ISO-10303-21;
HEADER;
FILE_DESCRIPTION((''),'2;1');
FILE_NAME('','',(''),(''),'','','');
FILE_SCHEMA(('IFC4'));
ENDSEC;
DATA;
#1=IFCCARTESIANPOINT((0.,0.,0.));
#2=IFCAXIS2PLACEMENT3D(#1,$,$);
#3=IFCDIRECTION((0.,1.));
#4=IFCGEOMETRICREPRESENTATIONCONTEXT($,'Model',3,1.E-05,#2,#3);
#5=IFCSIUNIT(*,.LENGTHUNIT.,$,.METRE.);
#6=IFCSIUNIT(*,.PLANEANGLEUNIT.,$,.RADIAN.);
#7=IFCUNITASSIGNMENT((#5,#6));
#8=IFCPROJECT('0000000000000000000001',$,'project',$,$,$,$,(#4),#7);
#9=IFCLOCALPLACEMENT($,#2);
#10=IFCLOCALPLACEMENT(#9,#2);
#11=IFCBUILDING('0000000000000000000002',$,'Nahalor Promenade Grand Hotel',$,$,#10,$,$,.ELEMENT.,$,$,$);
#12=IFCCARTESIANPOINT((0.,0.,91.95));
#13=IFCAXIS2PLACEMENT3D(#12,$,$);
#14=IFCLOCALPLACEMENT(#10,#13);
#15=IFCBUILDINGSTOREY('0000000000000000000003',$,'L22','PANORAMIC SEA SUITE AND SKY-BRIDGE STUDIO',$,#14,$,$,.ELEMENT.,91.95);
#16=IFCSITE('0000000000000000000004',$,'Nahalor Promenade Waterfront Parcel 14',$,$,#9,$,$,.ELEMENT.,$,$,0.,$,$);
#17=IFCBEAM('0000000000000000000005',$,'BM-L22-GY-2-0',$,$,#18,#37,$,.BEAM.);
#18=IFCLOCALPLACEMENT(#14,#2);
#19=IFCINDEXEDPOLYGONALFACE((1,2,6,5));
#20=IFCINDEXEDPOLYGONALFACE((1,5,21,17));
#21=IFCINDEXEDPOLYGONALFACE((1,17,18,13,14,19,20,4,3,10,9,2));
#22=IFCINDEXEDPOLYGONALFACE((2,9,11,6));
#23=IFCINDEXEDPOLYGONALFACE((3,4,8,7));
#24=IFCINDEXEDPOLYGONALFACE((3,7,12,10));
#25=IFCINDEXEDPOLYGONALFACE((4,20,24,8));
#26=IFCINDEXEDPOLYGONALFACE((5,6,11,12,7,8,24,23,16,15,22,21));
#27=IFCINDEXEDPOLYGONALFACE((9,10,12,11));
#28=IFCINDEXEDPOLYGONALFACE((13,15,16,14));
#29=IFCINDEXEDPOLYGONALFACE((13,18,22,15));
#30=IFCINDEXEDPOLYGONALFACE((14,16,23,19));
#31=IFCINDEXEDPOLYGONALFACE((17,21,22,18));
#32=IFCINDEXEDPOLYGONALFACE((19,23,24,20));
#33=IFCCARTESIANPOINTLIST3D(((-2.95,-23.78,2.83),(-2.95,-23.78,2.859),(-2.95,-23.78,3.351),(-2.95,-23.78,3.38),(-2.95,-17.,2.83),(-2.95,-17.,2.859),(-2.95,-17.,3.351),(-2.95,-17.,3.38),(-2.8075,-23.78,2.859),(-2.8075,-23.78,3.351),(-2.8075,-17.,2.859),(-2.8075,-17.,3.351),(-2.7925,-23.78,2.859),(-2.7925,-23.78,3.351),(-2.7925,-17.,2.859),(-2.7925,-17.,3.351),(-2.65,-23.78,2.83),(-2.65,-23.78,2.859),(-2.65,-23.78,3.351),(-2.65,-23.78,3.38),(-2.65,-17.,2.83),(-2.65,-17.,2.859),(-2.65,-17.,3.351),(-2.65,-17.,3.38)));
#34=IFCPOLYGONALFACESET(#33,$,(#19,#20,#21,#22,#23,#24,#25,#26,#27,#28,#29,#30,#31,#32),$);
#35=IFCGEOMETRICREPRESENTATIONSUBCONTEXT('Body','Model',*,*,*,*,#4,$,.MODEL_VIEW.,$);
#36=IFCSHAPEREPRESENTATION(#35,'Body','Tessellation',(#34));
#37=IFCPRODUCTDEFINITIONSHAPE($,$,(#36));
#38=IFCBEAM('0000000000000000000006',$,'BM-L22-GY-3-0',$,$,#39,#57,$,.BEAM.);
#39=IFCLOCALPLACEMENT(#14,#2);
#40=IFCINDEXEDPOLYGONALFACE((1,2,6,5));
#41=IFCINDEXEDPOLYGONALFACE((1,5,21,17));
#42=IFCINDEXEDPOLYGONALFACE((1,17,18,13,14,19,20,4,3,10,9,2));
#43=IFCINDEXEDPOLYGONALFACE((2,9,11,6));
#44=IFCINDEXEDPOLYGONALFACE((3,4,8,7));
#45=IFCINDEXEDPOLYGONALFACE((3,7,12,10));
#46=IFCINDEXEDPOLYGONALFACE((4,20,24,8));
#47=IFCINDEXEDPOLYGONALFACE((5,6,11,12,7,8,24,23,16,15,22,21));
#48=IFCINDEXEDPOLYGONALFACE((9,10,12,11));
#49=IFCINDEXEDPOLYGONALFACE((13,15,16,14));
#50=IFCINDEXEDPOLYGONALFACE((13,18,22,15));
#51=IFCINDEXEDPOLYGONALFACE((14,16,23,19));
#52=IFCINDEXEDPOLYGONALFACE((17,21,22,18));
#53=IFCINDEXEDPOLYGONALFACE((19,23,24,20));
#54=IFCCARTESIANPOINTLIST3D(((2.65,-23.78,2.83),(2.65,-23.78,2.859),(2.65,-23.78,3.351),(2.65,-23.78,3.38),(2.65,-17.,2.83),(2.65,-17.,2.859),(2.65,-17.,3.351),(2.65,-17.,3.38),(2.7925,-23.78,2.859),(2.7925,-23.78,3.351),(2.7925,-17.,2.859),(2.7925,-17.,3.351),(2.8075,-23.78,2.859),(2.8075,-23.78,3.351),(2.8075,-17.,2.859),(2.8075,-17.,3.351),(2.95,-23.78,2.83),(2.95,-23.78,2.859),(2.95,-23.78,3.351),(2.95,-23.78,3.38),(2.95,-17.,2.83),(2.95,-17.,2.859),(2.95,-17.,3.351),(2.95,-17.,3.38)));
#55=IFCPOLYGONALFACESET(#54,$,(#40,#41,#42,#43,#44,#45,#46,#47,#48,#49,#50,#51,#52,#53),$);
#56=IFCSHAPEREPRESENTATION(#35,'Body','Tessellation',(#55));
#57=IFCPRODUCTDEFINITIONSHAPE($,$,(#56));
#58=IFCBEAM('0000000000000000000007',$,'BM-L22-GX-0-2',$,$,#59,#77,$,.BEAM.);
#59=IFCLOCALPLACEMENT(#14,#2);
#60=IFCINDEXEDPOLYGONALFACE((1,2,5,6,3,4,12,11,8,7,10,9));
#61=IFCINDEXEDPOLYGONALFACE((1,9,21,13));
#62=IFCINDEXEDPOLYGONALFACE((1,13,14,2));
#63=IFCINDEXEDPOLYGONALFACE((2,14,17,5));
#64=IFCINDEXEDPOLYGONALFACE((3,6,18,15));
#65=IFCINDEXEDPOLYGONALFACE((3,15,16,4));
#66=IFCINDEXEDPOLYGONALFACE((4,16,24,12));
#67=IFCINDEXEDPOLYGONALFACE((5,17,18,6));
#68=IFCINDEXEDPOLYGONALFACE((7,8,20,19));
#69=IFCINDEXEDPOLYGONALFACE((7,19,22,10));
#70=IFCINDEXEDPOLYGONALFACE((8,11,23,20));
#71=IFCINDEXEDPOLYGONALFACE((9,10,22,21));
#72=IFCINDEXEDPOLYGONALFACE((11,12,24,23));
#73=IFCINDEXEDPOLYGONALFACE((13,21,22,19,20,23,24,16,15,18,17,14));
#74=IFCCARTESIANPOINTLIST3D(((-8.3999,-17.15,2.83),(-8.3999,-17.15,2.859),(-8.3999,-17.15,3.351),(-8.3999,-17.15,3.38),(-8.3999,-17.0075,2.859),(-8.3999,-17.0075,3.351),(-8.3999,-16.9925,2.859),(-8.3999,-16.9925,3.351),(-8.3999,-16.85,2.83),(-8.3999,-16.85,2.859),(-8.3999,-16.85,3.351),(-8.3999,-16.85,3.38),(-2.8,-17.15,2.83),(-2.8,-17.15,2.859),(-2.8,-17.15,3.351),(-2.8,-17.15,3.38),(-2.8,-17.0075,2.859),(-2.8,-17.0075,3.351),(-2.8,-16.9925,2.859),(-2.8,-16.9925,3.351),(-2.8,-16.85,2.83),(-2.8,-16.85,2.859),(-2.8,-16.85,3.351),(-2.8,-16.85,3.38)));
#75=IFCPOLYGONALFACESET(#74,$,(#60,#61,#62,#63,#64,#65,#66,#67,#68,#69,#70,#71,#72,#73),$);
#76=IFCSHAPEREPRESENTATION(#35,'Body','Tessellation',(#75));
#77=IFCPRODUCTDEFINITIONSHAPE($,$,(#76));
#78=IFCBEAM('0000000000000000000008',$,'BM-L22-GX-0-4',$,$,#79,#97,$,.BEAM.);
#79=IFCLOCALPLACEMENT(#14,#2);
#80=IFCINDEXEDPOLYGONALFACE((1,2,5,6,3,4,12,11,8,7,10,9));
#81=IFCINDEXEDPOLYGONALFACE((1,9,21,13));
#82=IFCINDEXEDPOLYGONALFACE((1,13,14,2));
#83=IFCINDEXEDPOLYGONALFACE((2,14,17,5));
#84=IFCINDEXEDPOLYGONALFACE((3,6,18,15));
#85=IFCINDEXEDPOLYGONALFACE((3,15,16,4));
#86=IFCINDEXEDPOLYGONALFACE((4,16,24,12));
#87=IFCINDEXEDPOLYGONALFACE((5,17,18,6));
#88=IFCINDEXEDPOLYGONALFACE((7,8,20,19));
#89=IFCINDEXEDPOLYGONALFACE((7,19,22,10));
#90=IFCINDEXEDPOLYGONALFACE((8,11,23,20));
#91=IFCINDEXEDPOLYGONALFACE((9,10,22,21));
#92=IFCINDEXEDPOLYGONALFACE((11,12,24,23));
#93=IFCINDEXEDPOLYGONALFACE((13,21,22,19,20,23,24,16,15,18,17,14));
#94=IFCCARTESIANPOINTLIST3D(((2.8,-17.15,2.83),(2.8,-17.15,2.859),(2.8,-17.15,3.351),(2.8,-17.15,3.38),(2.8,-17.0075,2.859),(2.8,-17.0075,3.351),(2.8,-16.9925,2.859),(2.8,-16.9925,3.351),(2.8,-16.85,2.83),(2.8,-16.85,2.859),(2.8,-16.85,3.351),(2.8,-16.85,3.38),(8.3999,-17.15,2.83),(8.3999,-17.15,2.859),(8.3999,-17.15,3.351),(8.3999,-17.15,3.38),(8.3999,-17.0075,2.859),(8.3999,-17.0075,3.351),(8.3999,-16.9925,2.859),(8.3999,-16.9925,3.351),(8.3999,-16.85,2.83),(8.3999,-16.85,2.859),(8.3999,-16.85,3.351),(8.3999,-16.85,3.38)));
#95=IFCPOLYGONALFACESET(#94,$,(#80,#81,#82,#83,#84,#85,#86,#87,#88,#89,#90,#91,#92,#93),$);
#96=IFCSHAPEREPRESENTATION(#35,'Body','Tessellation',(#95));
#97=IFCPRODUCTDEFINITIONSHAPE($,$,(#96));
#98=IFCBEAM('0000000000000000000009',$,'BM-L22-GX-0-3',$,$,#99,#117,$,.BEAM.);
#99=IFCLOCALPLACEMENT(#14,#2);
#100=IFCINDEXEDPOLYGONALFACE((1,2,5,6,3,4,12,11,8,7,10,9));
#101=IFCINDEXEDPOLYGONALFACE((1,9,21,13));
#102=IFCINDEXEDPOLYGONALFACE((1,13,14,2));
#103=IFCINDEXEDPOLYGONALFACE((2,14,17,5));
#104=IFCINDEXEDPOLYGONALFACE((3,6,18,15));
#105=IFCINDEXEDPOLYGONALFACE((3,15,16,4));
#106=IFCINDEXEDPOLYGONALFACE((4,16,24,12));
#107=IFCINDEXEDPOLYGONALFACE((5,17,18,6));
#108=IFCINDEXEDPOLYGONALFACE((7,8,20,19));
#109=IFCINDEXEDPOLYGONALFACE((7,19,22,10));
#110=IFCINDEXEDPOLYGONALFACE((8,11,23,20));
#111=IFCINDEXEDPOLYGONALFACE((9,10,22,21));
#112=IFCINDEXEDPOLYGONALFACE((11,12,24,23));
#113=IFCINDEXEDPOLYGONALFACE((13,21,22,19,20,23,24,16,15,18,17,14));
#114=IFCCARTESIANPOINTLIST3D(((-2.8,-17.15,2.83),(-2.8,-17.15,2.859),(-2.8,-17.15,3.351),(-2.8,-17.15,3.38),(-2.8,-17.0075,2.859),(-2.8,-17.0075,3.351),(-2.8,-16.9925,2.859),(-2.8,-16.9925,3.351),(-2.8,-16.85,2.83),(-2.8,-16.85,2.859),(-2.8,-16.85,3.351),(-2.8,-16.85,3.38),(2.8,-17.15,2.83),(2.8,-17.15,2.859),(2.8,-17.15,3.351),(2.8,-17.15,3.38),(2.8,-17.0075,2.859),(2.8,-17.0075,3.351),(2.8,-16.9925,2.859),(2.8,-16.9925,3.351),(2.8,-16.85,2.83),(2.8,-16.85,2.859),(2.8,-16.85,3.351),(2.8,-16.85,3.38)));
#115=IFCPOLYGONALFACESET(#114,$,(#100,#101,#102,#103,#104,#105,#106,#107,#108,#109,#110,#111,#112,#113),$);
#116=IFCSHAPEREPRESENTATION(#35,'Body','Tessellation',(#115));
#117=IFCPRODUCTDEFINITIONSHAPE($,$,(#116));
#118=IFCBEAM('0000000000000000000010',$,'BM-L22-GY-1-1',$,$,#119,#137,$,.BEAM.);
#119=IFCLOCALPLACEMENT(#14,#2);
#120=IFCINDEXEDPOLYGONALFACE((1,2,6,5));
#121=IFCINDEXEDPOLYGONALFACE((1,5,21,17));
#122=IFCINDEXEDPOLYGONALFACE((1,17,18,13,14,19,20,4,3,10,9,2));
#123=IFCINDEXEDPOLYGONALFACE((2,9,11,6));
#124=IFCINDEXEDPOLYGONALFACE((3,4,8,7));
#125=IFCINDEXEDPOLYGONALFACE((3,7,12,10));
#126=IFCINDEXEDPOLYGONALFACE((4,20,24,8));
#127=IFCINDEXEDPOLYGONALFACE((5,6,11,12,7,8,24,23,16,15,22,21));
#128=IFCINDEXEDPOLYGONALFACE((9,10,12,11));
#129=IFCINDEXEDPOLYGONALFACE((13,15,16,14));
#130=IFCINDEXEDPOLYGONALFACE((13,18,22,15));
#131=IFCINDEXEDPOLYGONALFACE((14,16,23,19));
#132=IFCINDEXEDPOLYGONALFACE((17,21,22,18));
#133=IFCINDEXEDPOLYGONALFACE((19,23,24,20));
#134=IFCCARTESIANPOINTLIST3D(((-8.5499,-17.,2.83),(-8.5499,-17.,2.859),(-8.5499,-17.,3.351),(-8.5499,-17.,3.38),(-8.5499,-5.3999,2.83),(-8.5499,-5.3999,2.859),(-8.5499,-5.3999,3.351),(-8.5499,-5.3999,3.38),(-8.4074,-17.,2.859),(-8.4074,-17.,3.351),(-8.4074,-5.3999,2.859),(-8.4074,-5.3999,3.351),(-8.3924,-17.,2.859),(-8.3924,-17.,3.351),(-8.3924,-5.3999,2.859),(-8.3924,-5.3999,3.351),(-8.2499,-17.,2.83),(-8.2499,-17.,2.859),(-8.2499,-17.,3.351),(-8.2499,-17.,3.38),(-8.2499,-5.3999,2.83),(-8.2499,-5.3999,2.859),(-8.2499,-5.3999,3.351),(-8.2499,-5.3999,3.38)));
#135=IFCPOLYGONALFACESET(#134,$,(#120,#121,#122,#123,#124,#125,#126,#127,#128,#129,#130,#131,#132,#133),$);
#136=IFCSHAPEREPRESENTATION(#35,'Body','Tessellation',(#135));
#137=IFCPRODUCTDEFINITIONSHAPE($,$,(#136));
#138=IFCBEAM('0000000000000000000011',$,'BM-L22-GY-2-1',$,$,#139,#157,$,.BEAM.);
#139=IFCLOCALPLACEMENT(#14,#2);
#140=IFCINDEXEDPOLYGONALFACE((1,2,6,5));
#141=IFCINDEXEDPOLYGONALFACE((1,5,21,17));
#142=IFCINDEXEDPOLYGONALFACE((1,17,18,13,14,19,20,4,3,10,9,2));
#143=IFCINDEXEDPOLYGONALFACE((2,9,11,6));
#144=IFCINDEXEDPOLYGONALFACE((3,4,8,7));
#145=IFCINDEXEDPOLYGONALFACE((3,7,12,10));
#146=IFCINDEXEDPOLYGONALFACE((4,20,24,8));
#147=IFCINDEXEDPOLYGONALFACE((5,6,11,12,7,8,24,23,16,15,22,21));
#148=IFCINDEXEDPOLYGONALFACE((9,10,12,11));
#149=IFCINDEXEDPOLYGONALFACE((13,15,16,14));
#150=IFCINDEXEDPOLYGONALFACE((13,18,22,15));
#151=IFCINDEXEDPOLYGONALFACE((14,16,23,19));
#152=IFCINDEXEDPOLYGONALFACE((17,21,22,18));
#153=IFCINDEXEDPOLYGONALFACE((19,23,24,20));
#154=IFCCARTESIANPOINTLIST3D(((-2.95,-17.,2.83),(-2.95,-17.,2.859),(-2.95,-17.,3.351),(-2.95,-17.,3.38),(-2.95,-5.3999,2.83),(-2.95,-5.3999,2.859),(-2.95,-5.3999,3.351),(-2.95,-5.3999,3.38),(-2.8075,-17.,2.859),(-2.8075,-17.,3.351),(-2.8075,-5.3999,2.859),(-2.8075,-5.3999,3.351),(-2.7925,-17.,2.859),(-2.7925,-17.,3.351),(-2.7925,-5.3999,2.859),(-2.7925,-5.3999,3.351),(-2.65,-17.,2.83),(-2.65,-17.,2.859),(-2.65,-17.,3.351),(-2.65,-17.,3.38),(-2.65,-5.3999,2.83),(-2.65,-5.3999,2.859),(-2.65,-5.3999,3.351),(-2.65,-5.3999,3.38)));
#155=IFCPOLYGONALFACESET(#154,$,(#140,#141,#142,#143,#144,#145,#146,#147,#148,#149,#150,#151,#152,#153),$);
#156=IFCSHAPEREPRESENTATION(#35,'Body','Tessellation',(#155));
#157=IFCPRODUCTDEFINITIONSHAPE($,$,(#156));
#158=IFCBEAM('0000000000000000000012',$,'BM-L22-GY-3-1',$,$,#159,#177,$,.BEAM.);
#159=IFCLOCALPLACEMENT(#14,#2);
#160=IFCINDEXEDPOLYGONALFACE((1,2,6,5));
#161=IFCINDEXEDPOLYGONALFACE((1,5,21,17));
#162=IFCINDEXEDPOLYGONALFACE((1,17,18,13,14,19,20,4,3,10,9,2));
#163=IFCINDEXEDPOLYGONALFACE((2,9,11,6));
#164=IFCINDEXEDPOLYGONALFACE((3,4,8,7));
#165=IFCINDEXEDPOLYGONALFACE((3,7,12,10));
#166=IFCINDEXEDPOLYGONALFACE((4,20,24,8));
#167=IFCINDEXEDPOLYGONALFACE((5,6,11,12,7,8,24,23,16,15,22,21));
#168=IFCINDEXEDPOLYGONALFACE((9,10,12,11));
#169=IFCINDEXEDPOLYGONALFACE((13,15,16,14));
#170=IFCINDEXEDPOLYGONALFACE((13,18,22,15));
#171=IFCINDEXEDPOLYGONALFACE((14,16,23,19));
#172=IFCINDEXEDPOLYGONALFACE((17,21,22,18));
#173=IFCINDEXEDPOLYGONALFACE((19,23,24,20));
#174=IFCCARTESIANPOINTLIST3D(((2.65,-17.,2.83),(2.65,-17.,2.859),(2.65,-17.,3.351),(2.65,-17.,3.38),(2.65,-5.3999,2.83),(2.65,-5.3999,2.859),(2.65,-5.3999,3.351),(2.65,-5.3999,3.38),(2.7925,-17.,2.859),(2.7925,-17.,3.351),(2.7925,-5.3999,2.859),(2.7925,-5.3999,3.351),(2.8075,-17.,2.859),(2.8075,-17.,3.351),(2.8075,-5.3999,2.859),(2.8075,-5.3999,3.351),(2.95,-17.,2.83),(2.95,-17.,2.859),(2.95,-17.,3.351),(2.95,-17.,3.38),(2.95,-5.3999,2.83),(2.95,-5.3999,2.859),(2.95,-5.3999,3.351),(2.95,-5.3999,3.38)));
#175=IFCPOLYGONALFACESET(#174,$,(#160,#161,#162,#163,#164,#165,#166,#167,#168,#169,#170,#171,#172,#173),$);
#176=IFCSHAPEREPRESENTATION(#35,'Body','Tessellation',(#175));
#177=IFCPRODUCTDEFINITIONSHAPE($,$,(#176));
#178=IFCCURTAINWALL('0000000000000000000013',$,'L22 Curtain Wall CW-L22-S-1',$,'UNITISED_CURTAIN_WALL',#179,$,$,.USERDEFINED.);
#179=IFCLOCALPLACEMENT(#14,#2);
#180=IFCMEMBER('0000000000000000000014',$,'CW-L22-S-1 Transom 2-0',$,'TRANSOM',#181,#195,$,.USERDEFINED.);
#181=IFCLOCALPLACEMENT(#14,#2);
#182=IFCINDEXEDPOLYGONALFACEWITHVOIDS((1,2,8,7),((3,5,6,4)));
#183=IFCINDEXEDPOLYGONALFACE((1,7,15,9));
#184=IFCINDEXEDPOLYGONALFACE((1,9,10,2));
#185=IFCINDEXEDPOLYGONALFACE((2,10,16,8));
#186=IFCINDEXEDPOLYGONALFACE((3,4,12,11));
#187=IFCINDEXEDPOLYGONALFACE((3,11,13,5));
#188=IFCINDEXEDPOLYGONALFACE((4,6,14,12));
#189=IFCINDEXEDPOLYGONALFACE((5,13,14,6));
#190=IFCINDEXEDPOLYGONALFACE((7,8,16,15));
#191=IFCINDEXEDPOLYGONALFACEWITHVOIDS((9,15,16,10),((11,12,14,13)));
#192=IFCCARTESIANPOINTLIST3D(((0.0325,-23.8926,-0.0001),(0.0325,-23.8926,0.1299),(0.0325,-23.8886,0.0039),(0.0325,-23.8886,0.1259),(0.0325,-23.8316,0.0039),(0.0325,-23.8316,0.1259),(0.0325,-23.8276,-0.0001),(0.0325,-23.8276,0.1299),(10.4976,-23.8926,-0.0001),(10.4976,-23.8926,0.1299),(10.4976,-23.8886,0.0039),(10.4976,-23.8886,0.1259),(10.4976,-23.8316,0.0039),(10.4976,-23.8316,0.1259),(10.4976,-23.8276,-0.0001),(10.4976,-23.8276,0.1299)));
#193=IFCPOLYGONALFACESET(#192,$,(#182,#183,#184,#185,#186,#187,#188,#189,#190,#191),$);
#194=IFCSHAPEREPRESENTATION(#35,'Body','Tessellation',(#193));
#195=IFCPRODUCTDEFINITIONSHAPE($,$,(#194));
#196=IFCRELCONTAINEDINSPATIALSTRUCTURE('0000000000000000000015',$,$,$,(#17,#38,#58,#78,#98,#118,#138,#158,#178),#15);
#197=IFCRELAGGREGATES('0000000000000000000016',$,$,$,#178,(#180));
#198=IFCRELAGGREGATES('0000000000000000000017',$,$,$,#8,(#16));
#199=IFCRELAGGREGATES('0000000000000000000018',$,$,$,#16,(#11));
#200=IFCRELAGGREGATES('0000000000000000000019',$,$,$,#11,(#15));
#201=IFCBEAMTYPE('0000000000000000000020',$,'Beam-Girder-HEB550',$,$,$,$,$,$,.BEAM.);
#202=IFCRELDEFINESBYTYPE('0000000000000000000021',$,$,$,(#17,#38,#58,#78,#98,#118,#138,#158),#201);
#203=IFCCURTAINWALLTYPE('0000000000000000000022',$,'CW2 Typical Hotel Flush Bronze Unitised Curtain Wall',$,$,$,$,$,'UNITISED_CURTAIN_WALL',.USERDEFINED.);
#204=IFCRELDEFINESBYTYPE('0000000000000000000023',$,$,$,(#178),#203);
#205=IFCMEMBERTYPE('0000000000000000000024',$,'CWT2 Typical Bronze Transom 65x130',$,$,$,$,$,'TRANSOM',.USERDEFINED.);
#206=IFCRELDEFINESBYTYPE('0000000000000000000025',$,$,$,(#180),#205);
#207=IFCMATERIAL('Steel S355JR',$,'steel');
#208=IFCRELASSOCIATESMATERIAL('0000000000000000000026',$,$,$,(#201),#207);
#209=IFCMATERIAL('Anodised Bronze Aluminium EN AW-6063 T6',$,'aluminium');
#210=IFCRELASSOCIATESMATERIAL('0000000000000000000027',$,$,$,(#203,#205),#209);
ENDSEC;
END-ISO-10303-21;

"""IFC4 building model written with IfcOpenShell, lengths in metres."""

from ifc_helpers import new_model, si_unit, direction, frame, origin, origin_2d, place, context, subcontext, project, spatial, hollow_rectangle, i_section, extrude, source, transform, mapped, material, material_profile, profile_set, type_object, element, aggregate, save


model = new_model("IFC4")

# Units and contexts
model_context = context("Model", 3, precision=1e-05, world=origin(), true_north=direction((0.0, 1.0)))
body_context = subcontext(model_context, "Body", "Model", "MODEL_VIEW")
ifc_project = project(units=[si_unit("LENGTHUNIT", "METRE"), si_unit("PLANEANGLEUNIT", "RADIAN")], contexts=[model_context])

# Site, building, storey
site_placement = place(None, origin())
site = spatial("IfcSite", under=ifc_project, at=site_placement, Name="Nahalor Promenade Waterfront Parcel 14", CompositionType="ELEMENT", RefElevation=0.0)
building_placement = place(site_placement, origin())
building = spatial("IfcBuilding", under=site, at=building_placement, Name="Nahalor Promenade Grand Hotel", CompositionType="ELEMENT")
storey_placement = place(building_placement, frame((0.0, 0.0, 91.95)))
storey = spatial("IfcBuildingStorey", under=building, at=storey_placement, Name="L22", Description="PANORAMIC SEA SUITE AND SKY-BRIDGE STUDIO", CompositionType="ELEMENT", Elevation=91.95)

# Beams
ifc_material_1 = material(Name="Steel S355JR", Category="steel")
ifc_material_profile_1 = material_profile(ifc_material_1, i_section(OverallWidth=0.3, OverallDepth=0.55, WebThickness=0.015, FlangeThickness=0.029, at=origin_2d()), Name="HEB 550")
ifc_profile_set_1 = profile_set([ifc_material_profile_1], Name="Steel S355JR")
beam_type_1 = type_object("IfcBeamType", Name="Beam-Girder-HEB550", PredefinedType="BEAM", material=ifc_profile_set_1)
shared_shape_1 = source(origin(), body_context, "Body", "SweptSolid", [
    extrude(i_section(OverallWidth=0.3, OverallDepth=0.55, WebThickness=0.015, FlangeThickness=0.029, at=origin_2d()), origin(), (0.0, 0.0, 1.0), 6.78),
])
for number, where, z_axis, x_axis, name in (
    (1, (-2.8, -23.78, 3.105), (0.0, 1.0, 0.0), (-1.0, 0.0, 0.0), "BM-L22-GY-2-0"),
    (2, (2.8, -23.78, 3.105), (0.0, 1.0, 0.0), (-1.0, 0.0, 0.0), "BM-L22-GY-3-0"),
):
    element("IfcBeam", number, at=place(storey_placement, frame(where, z_axis=z_axis, x_axis=x_axis)), inside=storey, type_object=beam_type_1, Name=name, PredefinedType="BEAM", context=body_context, shape_type="MappedRepresentation", body=[
        mapped(shared_shape_1, transform((0.0, 0.0, 0.0), scale=1.0)),
    ])
shared_shape_2 = source(origin(), body_context, "Body", "SweptSolid", [
    extrude(i_section(OverallWidth=0.3, OverallDepth=0.55, WebThickness=0.015, FlangeThickness=0.029, at=origin_2d()), origin(), (0.0, 0.0, 1.0), 5.5999),
])
for number, where, z_axis, x_axis, name in (
    (3, (-8.3999, -17.0, 3.105), (1.0, 0.0, 0.0), (0.0, 1.0, 0.0), "BM-L22-GX-0-2"),
    (4, (2.8, -17.0, 3.105), (1.0, 0.0, 0.0), (0.0, 1.0, 0.0), "BM-L22-GX-0-4"),
):
    element("IfcBeam", number, at=place(storey_placement, frame(where, z_axis=z_axis, x_axis=x_axis)), inside=storey, type_object=beam_type_1, Name=name, PredefinedType="BEAM", context=body_context, shape_type="MappedRepresentation", body=[
        mapped(shared_shape_2, transform((0.0, 0.0, 0.0), scale=1.0)),
    ])
shared_shape_3 = source(origin(), body_context, "Body", "SweptSolid", [
    extrude(i_section(OverallWidth=0.3, OverallDepth=0.55, WebThickness=0.015, FlangeThickness=0.029, at=origin_2d()), origin(), (0.0, 0.0, 1.0), 5.6001),
])
beam_1_placement = place(storey_placement, frame((-2.8, -17.0, 3.105), z_axis=(1.0, 0.0, 0.0), x_axis=(0.0, 1.0, 0.0)))
element("IfcBeam", 5, at=beam_1_placement, inside=storey, type_object=beam_type_1, Name="BM-L22-GX-0-3", PredefinedType="BEAM", context=body_context, shape_type="MappedRepresentation", body=[
    mapped(shared_shape_3, transform((0.0, 0.0, 0.0), scale=1.0)),
])
shared_shape_4 = source(origin(), body_context, "Body", "SweptSolid", [
    extrude(i_section(OverallWidth=0.3, OverallDepth=0.55, WebThickness=0.015, FlangeThickness=0.029, at=origin_2d()), origin(), (0.0, 0.0, 1.0), 11.6001),
])
for number, where, z_axis, x_axis, name in (
    (6, (-8.3999, -17.0, 3.105), (0.0, 1.0, 0.0), (-1.0, 0.0, 0.0), "BM-L22-GY-1-1"),
    (7, (-2.8, -17.0, 3.105), (0.0, 1.0, 0.0), (-1.0, 0.0, 0.0), "BM-L22-GY-2-1"),
    (8, (2.8, -17.0, 3.105), (0.0, 1.0, 0.0), (-1.0, 0.0, 0.0), "BM-L22-GY-3-1"),
):
    element("IfcBeam", number, at=place(storey_placement, frame(where, z_axis=z_axis, x_axis=x_axis)), inside=storey, type_object=beam_type_1, Name=name, PredefinedType="BEAM", context=body_context, shape_type="MappedRepresentation", body=[
        mapped(shared_shape_4, transform((0.0, 0.0, 0.0), scale=1.0)),
    ])

# Curtain wall, member
ifc_material_2 = material(Name="Anodised Bronze Aluminium EN AW-6063 T6", Category="aluminium")
curtain_wall_type = type_object("IfcCurtainWallType", Name="CW2 Typical Hotel Flush Bronze Unitised Curtain Wall", ElementType="UNITISED_CURTAIN_WALL", PredefinedType="USERDEFINED", material=ifc_material_2)
curtain_wall_placement = place(storey_placement, origin())
curtain_wall = element("IfcCurtainWall", 9, at=curtain_wall_placement, inside=storey, type_object=curtain_wall_type, Name="L22 Curtain Wall CW-L22-S-1", ObjectType="UNITISED_CURTAIN_WALL", PredefinedType="USERDEFINED")
ifc_material_profile_2 = material_profile(ifc_material_2, hollow_rectangle(XDim=0.065, YDim=0.13, WallThickness=0.004, at=origin_2d()), Name="CWT 65x130x4")
ifc_profile_set_2 = profile_set([ifc_material_profile_2], Name="Anodised Bronze Aluminium EN AW-6063 T6")
member_type_1 = type_object("IfcMemberType", Name="CWT2 Typical Bronze Transom 65x130", ElementType="TRANSOM", PredefinedType="USERDEFINED", material=ifc_profile_set_2)
shared_shape_5 = source(origin(), body_context, "Body", "SweptSolid", [
    extrude(hollow_rectangle(XDim=0.065, YDim=0.13, WallThickness=0.004, at=origin_2d()), origin(), (0.0, 0.0, 1.0), 10.4651),
])
member_1_placement = place(storey_placement, frame((0.0325, -23.8601, 0.0649), z_axis=(1.0, 0.0, 0.0), x_axis=(0.0, 1.0, 0.0)))
member_1 = element("IfcMember", 10, at=member_1_placement, type_object=member_type_1, Name="CW-L22-S-1 Transom 2-0", ObjectType="TRANSOM", PredefinedType="USERDEFINED", context=body_context, shape_type="MappedRepresentation", body=[
    mapped(shared_shape_5, transform((0.0, 0.0, 0.0), scale=1.0)),
])
aggregate(curtain_wall, [member_1])

save(model, "model.ifc")
